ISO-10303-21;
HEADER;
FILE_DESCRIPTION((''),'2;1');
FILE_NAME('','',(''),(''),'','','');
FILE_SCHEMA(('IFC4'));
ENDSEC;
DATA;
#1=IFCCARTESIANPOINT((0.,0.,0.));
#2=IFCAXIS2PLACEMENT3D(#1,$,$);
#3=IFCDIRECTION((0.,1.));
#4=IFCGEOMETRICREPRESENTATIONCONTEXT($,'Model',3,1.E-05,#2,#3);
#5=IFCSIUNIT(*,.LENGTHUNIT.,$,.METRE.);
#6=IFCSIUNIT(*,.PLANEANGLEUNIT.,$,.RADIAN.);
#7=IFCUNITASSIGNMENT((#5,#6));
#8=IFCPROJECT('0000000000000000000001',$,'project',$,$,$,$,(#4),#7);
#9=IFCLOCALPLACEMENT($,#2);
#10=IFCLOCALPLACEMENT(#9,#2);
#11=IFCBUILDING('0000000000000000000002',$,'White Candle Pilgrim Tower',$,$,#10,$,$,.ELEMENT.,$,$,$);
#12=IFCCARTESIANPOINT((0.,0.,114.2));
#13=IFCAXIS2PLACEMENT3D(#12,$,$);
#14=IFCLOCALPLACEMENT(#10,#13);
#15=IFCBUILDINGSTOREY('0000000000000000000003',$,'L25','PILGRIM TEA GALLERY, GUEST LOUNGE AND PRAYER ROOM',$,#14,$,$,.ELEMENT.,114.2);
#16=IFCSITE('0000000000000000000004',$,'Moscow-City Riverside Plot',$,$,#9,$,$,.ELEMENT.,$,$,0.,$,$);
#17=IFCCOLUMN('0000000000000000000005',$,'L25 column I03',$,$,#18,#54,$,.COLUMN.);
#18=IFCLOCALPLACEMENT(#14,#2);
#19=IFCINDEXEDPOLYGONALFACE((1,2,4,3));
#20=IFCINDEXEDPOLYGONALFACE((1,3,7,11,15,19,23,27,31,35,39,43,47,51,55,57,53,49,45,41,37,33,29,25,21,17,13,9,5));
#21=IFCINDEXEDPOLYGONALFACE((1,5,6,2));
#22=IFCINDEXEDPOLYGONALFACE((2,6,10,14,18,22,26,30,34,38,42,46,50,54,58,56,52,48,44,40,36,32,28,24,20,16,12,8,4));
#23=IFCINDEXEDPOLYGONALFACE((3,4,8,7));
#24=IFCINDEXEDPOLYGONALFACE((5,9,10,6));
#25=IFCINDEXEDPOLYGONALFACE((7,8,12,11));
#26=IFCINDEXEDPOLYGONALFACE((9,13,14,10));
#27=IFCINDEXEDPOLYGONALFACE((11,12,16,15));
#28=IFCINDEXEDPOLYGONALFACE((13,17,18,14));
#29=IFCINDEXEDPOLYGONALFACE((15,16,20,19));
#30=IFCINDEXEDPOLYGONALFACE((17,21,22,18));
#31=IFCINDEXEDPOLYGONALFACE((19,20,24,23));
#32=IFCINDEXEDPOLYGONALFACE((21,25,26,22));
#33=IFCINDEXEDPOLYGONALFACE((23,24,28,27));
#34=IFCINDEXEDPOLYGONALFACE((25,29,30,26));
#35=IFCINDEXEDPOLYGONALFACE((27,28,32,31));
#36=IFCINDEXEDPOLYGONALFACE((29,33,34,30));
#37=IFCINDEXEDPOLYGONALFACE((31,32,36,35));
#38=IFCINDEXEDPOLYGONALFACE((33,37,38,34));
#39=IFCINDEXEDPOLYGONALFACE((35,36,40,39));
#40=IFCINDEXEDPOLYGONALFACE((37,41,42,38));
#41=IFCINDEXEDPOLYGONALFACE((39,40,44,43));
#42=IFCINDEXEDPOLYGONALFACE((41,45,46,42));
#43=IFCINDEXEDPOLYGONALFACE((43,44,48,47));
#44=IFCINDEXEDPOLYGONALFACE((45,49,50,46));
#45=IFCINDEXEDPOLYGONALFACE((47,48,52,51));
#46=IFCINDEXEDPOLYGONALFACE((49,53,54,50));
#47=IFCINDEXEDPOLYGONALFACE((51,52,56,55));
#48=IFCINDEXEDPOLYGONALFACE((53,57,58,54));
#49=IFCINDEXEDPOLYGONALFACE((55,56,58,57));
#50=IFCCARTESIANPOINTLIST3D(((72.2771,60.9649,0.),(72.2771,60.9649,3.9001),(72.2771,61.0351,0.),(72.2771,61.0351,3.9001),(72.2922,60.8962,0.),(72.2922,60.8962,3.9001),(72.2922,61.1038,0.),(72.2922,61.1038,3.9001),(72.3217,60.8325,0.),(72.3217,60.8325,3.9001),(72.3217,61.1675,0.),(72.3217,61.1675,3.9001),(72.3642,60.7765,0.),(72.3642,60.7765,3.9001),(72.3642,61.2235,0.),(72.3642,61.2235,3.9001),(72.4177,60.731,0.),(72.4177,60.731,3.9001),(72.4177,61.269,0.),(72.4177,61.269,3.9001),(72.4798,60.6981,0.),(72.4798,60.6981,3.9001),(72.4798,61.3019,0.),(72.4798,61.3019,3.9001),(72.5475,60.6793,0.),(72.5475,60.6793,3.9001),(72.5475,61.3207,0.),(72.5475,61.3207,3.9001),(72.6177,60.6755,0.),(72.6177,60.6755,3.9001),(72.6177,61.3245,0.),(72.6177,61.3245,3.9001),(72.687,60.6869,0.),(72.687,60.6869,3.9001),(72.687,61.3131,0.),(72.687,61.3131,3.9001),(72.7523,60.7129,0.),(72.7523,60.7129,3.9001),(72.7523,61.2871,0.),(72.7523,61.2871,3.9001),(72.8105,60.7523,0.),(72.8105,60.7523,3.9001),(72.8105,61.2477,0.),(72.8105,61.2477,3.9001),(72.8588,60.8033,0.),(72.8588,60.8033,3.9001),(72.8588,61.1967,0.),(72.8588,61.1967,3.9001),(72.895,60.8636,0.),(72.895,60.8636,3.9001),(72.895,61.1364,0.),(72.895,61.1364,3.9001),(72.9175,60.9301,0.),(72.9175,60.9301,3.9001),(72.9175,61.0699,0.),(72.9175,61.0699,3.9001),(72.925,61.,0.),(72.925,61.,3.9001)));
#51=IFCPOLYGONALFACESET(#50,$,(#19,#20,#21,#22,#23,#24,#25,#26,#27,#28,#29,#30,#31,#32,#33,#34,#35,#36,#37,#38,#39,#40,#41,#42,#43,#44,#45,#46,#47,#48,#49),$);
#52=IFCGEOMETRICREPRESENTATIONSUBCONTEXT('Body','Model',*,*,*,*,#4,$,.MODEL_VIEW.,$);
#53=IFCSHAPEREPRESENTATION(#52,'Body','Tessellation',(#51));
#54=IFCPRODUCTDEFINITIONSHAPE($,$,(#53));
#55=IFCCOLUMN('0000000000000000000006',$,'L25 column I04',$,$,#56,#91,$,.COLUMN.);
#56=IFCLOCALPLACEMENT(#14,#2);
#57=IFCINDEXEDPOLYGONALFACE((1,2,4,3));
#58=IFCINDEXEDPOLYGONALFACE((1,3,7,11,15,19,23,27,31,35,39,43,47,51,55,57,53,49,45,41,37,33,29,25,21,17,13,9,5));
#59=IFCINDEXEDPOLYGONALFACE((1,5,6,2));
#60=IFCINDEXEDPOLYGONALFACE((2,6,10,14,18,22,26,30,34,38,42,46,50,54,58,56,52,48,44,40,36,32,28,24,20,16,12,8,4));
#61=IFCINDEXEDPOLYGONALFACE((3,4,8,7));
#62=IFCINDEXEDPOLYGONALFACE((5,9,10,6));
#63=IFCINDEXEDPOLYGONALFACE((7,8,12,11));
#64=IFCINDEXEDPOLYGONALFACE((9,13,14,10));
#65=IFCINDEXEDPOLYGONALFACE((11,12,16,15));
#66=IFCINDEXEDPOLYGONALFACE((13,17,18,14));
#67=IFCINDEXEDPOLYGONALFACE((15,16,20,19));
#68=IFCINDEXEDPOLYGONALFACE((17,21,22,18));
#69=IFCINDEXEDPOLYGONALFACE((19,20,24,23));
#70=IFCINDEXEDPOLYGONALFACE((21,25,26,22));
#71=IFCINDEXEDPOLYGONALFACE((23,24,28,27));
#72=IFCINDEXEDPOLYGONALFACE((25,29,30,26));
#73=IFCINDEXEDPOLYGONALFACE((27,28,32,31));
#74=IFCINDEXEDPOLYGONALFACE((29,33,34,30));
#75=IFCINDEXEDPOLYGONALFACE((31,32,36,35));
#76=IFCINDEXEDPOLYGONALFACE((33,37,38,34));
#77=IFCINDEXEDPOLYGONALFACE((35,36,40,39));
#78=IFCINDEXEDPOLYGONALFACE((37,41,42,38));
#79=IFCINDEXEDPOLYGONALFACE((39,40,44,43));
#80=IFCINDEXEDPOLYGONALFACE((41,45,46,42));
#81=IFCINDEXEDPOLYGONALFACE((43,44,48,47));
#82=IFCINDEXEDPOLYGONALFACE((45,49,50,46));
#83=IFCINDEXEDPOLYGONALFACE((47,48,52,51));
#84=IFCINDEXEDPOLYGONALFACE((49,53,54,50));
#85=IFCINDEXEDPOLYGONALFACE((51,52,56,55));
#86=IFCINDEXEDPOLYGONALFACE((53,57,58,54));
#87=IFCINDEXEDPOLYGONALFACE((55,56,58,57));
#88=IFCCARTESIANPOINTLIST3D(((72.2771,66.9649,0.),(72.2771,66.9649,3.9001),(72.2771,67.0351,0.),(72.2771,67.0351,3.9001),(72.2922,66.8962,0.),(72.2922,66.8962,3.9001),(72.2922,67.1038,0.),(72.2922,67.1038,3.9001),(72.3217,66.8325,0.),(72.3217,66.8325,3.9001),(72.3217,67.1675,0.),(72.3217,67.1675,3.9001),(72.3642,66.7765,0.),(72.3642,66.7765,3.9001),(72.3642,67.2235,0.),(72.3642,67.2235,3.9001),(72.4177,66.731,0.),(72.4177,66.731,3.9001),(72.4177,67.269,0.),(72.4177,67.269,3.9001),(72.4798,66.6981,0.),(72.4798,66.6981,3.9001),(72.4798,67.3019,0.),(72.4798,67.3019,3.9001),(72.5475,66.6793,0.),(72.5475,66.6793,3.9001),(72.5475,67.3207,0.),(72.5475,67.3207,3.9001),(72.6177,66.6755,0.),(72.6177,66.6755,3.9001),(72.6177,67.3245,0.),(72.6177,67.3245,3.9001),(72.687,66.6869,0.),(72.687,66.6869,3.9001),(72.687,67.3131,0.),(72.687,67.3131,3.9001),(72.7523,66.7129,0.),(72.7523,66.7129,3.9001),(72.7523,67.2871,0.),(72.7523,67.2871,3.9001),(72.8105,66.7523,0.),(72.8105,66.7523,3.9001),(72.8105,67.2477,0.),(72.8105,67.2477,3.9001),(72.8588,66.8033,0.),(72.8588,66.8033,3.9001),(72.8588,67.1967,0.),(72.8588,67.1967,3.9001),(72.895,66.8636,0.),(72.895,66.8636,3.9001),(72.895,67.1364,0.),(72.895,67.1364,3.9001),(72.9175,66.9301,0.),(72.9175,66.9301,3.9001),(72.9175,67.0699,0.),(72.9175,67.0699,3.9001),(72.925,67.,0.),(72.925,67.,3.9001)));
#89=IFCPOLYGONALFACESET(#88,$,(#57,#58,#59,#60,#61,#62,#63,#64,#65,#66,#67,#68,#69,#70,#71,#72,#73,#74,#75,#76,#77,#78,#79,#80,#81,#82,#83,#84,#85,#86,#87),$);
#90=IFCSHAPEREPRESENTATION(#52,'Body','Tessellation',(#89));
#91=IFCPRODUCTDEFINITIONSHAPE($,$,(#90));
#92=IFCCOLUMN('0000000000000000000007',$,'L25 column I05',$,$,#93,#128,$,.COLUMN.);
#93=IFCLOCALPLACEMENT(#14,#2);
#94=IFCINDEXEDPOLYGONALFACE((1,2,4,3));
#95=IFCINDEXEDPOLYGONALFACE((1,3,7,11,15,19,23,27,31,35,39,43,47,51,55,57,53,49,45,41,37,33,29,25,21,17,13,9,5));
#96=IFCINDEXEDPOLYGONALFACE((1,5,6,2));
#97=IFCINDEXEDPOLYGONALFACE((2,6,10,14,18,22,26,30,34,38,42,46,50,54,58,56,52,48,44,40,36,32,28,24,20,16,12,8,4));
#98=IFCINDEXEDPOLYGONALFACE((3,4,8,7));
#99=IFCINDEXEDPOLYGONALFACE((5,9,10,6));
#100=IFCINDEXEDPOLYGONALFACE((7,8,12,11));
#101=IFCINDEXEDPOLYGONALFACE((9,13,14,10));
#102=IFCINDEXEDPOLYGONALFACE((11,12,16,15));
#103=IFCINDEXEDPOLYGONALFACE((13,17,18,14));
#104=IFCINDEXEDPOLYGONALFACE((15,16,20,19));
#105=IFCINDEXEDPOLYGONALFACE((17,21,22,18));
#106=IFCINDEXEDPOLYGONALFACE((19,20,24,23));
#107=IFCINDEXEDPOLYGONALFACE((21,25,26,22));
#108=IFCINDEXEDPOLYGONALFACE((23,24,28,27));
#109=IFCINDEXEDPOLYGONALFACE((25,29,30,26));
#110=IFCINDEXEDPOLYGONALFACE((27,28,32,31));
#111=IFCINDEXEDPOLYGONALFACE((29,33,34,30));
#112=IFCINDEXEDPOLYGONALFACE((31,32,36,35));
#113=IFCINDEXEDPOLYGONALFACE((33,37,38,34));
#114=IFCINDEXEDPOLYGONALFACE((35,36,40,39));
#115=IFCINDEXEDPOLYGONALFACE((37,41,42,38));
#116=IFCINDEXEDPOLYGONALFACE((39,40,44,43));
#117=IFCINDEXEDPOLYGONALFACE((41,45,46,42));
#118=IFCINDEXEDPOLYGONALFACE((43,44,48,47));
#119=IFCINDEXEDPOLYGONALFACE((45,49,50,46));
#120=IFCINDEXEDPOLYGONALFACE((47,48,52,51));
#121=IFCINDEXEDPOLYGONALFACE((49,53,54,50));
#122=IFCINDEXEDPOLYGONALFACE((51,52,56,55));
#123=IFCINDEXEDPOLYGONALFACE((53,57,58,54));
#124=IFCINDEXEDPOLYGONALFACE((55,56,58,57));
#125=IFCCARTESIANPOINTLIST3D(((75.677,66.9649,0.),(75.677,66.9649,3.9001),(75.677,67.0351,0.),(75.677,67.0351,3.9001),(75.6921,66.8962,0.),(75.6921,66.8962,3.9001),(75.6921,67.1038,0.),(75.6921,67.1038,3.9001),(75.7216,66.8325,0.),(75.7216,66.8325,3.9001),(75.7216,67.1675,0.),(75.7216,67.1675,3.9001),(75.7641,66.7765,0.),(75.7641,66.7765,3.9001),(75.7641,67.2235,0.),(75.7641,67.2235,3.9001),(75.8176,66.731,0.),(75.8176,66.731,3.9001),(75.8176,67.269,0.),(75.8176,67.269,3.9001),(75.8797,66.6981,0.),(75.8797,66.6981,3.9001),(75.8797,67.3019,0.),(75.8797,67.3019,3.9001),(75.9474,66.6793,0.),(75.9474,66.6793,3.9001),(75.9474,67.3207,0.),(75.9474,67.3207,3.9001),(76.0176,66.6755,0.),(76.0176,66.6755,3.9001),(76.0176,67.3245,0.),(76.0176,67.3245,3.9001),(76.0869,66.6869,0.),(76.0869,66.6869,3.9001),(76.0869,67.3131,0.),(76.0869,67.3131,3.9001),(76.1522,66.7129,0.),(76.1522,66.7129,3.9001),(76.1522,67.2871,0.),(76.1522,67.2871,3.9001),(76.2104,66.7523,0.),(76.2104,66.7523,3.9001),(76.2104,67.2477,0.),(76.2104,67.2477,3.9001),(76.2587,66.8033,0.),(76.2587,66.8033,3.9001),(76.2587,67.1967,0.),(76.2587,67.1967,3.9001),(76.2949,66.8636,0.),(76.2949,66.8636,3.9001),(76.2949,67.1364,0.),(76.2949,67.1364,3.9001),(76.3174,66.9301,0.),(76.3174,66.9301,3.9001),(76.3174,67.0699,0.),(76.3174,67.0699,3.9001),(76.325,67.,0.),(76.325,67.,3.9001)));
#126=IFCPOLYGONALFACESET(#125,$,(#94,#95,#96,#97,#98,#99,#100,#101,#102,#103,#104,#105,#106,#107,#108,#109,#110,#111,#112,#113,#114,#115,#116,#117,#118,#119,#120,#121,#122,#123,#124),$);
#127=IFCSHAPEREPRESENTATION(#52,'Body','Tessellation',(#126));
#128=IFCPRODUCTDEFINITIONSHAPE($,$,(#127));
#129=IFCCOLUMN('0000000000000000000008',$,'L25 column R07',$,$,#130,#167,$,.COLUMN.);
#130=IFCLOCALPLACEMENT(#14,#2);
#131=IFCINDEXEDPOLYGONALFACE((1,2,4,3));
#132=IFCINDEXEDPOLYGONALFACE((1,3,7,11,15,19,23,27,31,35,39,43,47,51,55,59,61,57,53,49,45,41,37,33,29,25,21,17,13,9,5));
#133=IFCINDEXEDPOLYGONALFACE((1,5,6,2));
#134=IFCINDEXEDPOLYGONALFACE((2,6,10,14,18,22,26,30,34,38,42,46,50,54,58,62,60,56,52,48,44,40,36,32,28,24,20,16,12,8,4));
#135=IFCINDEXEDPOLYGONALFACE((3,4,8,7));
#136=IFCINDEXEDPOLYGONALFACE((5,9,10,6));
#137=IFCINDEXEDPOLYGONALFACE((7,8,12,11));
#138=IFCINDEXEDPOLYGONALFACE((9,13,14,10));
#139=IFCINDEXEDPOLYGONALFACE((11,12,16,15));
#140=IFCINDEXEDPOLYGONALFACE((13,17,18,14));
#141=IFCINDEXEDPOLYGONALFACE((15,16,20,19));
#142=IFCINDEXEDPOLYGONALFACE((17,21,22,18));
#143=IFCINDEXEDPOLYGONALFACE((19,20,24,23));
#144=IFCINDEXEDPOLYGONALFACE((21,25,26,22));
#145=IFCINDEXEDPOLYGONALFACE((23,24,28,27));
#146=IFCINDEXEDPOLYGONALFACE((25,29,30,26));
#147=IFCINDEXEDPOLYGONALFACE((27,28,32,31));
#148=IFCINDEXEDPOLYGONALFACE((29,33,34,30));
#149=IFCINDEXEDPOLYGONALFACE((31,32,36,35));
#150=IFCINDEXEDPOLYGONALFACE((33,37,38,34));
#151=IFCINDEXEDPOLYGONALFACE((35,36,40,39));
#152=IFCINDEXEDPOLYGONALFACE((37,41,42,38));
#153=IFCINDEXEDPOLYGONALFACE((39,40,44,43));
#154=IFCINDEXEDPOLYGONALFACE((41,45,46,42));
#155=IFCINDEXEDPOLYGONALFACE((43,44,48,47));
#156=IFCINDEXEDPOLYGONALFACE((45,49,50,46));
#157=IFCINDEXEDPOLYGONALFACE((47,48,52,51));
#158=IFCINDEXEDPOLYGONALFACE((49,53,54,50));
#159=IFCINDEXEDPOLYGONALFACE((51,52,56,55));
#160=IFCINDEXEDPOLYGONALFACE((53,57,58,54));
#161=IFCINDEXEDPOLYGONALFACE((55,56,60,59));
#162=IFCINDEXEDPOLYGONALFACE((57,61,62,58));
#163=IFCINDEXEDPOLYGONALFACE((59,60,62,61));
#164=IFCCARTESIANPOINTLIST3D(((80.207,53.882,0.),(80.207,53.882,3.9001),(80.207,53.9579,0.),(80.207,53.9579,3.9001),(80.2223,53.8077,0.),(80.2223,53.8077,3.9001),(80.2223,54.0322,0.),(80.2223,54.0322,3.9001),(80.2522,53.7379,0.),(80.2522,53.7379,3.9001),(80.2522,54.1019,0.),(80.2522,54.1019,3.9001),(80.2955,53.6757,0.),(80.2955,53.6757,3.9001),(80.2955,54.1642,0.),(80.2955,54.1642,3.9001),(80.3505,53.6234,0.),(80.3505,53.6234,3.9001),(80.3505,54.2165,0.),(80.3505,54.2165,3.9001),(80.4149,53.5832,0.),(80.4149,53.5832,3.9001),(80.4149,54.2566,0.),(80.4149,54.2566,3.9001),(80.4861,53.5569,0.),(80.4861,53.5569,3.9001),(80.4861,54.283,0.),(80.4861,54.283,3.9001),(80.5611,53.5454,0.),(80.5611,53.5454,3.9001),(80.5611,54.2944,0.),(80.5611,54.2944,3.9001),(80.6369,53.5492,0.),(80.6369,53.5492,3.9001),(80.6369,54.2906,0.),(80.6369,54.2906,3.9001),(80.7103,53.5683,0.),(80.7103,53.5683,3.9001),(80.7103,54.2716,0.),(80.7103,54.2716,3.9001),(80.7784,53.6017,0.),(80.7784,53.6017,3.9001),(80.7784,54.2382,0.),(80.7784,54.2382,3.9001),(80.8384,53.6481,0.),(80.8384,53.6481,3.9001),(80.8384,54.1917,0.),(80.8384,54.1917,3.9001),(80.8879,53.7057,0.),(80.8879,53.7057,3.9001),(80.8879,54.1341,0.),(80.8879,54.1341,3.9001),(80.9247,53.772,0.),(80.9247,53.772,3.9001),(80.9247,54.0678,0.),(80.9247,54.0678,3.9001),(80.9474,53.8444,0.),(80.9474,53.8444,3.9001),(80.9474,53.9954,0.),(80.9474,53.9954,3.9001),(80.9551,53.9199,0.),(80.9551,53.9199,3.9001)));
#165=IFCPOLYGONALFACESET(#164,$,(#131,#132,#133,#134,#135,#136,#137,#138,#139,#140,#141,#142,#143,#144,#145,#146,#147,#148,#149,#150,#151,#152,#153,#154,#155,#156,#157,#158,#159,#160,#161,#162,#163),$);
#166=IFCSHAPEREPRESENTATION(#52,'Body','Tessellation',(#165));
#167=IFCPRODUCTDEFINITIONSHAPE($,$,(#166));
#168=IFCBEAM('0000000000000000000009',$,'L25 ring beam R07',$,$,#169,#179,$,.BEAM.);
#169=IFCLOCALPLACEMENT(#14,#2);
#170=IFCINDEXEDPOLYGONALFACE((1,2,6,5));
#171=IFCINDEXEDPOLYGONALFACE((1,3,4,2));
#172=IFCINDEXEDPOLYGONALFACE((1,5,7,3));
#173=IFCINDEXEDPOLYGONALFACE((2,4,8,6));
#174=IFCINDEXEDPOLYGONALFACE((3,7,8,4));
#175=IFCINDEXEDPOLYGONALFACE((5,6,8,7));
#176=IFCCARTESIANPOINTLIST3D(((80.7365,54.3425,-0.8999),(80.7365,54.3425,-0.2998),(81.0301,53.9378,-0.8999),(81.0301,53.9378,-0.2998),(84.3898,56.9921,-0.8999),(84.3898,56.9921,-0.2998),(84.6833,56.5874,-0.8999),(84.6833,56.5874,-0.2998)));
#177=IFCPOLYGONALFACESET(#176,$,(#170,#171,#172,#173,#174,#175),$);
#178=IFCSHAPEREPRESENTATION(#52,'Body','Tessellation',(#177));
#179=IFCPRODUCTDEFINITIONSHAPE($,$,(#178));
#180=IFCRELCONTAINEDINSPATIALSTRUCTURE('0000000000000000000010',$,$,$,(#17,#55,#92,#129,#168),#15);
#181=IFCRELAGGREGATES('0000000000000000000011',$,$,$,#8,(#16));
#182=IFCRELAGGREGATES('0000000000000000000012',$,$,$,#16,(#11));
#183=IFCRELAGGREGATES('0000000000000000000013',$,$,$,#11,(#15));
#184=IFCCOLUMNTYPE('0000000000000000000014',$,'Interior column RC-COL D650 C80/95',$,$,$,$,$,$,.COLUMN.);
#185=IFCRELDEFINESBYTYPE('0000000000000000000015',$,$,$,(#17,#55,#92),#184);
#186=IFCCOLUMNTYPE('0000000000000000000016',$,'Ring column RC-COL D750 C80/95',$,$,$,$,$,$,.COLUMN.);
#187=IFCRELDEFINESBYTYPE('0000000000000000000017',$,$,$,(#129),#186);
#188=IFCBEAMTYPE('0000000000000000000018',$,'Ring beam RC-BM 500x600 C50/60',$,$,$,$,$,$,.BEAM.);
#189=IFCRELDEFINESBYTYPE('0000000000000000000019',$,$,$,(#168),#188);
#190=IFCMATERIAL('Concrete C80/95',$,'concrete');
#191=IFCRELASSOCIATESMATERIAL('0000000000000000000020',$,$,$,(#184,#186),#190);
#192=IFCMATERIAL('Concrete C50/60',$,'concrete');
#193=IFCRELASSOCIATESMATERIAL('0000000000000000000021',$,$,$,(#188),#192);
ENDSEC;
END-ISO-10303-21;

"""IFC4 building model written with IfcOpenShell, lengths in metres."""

from ifc_helpers import new_model, si_unit, direction, frame, origin, origin_2d, place, context, subcontext, project, spatial, rectangle, circle, extrude, material, material_profile, profile_set, type_object, element, save


model = new_model("IFC4")

# Units and contexts
model_context = context("Model", 3, precision=1e-05, world=origin(), true_north=direction((0.0, 1.0)))
body_context = subcontext(model_context, "Body", "Model", "MODEL_VIEW")
ifc_project = project(units=[si_unit("LENGTHUNIT", "METRE"), si_unit("PLANEANGLEUNIT", "RADIAN")], contexts=[model_context])

# Site, building, storey
site_placement = place(None, origin())
site = spatial("IfcSite", under=ifc_project, at=site_placement, Name="Moscow-City Riverside Plot", CompositionType="ELEMENT", RefElevation=0.0)
building_placement = place(site_placement, origin())
building = spatial("IfcBuilding", under=site, at=building_placement, Name="White Candle Pilgrim Tower", CompositionType="ELEMENT")
storey_placement = place(building_placement, frame((0.0, 0.0, 114.2)))
storey = spatial("IfcBuildingStorey", under=building, at=storey_placement, Name="L25", Description="PILGRIM TEA GALLERY, GUEST LOUNGE AND PRAYER ROOM", CompositionType="ELEMENT", Elevation=114.2)

# Columns
ifc_material_1 = material(Name="Concrete C80/95", Category="concrete")
ifc_material_profile_1 = material_profile(ifc_material_1, circle(Radius=0.325, at=origin_2d()), Name="RC-COL D650")
ifc_profile_set_1 = profile_set([ifc_material_profile_1], Name="Concrete C80/95")
column_type_1 = type_object("IfcColumnType", Name="Interior column RC-COL D650 C80/95", PredefinedType="COLUMN", material=ifc_profile_set_1)
for number, where, z_axis, x_axis, name in (
    (1, (72.6001, 61.0, 0.0), (0.0, 0.0, 1.0), (1.0, 0.0, 0.0), "L25 column I03"),
    (2, (72.6001, 67.0, 0.0), (0.0, 0.0, 1.0), (1.0, 0.0, 0.0), "L25 column I04"),
    (3, (76.0, 67.0, 0.0), (0.0, 0.0, 1.0), (1.0, 0.0, 0.0), "L25 column I05"),
):
    element("IfcColumn", number, at=place(storey_placement, frame(where, z_axis=z_axis, x_axis=x_axis)), inside=storey, type_object=column_type_1, Name=name, PredefinedType="COLUMN", context=body_context, shape_type="SweptSolid", body=[
        extrude(circle(Radius=0.325, at=origin_2d()), origin(), (0.0, 0.0, 1.0), 3.9001),
    ])
ifc_material_profile_2 = material_profile(ifc_material_1, circle(Radius=0.375, at=origin_2d()), Name="RC-COL D750")
ifc_profile_set_2 = profile_set([ifc_material_profile_2], Name="Concrete C80/95")
column_type_2 = type_object("IfcColumnType", Name="Ring column RC-COL D750 C80/95", PredefinedType="COLUMN", material=ifc_profile_set_2)
column_placement = place(storey_placement, frame((80.5801, 53.9199, 0.0), z_axis=(0.0, 0.0, 1.0), x_axis=(1.0, 0.0, 0.0)))
element("IfcColumn", 4, at=column_placement, inside=storey, type_object=column_type_2, Name="L25 column R07", PredefinedType="COLUMN", context=body_context, shape_type="SweptSolid", body=[
    extrude(circle(Radius=0.375, at=origin_2d()), origin(), (0.0, 0.0, 1.0), 3.9001),
])

# Beam
ifc_material_2 = material(Name="Concrete C50/60", Category="concrete")
ifc_material_profile_3 = material_profile(ifc_material_2, rectangle(XDim=0.5, YDim=0.6001, at=origin_2d()), Name="RC-BM 500x600")
ifc_profile_set_3 = profile_set([ifc_material_profile_3], Name="Concrete C50/60")
beam_type = type_object("IfcBeamType", Name="Ring beam RC-BM 500x600 C50/60", PredefinedType="BEAM", material=ifc_profile_set_3)
beam_placement = place(storey_placement, frame((80.8833, 54.1401, -0.5999), z_axis=(0.809505, 0.587113, 0.0), x_axis=(-0.587113, 0.809505, 0.0)))
element("IfcBeam", 5, at=beam_placement, inside=storey, type_object=beam_type, Name="L25 ring beam R07", PredefinedType="BEAM", context=body_context, shape_type="SweptSolid", body=[
    extrude(rectangle(XDim=0.5, YDim=0.6001, at=origin_2d()), origin(), (0.0, 0.0, 1.0), 4.5129),
])

save(model, "model.ifc")
